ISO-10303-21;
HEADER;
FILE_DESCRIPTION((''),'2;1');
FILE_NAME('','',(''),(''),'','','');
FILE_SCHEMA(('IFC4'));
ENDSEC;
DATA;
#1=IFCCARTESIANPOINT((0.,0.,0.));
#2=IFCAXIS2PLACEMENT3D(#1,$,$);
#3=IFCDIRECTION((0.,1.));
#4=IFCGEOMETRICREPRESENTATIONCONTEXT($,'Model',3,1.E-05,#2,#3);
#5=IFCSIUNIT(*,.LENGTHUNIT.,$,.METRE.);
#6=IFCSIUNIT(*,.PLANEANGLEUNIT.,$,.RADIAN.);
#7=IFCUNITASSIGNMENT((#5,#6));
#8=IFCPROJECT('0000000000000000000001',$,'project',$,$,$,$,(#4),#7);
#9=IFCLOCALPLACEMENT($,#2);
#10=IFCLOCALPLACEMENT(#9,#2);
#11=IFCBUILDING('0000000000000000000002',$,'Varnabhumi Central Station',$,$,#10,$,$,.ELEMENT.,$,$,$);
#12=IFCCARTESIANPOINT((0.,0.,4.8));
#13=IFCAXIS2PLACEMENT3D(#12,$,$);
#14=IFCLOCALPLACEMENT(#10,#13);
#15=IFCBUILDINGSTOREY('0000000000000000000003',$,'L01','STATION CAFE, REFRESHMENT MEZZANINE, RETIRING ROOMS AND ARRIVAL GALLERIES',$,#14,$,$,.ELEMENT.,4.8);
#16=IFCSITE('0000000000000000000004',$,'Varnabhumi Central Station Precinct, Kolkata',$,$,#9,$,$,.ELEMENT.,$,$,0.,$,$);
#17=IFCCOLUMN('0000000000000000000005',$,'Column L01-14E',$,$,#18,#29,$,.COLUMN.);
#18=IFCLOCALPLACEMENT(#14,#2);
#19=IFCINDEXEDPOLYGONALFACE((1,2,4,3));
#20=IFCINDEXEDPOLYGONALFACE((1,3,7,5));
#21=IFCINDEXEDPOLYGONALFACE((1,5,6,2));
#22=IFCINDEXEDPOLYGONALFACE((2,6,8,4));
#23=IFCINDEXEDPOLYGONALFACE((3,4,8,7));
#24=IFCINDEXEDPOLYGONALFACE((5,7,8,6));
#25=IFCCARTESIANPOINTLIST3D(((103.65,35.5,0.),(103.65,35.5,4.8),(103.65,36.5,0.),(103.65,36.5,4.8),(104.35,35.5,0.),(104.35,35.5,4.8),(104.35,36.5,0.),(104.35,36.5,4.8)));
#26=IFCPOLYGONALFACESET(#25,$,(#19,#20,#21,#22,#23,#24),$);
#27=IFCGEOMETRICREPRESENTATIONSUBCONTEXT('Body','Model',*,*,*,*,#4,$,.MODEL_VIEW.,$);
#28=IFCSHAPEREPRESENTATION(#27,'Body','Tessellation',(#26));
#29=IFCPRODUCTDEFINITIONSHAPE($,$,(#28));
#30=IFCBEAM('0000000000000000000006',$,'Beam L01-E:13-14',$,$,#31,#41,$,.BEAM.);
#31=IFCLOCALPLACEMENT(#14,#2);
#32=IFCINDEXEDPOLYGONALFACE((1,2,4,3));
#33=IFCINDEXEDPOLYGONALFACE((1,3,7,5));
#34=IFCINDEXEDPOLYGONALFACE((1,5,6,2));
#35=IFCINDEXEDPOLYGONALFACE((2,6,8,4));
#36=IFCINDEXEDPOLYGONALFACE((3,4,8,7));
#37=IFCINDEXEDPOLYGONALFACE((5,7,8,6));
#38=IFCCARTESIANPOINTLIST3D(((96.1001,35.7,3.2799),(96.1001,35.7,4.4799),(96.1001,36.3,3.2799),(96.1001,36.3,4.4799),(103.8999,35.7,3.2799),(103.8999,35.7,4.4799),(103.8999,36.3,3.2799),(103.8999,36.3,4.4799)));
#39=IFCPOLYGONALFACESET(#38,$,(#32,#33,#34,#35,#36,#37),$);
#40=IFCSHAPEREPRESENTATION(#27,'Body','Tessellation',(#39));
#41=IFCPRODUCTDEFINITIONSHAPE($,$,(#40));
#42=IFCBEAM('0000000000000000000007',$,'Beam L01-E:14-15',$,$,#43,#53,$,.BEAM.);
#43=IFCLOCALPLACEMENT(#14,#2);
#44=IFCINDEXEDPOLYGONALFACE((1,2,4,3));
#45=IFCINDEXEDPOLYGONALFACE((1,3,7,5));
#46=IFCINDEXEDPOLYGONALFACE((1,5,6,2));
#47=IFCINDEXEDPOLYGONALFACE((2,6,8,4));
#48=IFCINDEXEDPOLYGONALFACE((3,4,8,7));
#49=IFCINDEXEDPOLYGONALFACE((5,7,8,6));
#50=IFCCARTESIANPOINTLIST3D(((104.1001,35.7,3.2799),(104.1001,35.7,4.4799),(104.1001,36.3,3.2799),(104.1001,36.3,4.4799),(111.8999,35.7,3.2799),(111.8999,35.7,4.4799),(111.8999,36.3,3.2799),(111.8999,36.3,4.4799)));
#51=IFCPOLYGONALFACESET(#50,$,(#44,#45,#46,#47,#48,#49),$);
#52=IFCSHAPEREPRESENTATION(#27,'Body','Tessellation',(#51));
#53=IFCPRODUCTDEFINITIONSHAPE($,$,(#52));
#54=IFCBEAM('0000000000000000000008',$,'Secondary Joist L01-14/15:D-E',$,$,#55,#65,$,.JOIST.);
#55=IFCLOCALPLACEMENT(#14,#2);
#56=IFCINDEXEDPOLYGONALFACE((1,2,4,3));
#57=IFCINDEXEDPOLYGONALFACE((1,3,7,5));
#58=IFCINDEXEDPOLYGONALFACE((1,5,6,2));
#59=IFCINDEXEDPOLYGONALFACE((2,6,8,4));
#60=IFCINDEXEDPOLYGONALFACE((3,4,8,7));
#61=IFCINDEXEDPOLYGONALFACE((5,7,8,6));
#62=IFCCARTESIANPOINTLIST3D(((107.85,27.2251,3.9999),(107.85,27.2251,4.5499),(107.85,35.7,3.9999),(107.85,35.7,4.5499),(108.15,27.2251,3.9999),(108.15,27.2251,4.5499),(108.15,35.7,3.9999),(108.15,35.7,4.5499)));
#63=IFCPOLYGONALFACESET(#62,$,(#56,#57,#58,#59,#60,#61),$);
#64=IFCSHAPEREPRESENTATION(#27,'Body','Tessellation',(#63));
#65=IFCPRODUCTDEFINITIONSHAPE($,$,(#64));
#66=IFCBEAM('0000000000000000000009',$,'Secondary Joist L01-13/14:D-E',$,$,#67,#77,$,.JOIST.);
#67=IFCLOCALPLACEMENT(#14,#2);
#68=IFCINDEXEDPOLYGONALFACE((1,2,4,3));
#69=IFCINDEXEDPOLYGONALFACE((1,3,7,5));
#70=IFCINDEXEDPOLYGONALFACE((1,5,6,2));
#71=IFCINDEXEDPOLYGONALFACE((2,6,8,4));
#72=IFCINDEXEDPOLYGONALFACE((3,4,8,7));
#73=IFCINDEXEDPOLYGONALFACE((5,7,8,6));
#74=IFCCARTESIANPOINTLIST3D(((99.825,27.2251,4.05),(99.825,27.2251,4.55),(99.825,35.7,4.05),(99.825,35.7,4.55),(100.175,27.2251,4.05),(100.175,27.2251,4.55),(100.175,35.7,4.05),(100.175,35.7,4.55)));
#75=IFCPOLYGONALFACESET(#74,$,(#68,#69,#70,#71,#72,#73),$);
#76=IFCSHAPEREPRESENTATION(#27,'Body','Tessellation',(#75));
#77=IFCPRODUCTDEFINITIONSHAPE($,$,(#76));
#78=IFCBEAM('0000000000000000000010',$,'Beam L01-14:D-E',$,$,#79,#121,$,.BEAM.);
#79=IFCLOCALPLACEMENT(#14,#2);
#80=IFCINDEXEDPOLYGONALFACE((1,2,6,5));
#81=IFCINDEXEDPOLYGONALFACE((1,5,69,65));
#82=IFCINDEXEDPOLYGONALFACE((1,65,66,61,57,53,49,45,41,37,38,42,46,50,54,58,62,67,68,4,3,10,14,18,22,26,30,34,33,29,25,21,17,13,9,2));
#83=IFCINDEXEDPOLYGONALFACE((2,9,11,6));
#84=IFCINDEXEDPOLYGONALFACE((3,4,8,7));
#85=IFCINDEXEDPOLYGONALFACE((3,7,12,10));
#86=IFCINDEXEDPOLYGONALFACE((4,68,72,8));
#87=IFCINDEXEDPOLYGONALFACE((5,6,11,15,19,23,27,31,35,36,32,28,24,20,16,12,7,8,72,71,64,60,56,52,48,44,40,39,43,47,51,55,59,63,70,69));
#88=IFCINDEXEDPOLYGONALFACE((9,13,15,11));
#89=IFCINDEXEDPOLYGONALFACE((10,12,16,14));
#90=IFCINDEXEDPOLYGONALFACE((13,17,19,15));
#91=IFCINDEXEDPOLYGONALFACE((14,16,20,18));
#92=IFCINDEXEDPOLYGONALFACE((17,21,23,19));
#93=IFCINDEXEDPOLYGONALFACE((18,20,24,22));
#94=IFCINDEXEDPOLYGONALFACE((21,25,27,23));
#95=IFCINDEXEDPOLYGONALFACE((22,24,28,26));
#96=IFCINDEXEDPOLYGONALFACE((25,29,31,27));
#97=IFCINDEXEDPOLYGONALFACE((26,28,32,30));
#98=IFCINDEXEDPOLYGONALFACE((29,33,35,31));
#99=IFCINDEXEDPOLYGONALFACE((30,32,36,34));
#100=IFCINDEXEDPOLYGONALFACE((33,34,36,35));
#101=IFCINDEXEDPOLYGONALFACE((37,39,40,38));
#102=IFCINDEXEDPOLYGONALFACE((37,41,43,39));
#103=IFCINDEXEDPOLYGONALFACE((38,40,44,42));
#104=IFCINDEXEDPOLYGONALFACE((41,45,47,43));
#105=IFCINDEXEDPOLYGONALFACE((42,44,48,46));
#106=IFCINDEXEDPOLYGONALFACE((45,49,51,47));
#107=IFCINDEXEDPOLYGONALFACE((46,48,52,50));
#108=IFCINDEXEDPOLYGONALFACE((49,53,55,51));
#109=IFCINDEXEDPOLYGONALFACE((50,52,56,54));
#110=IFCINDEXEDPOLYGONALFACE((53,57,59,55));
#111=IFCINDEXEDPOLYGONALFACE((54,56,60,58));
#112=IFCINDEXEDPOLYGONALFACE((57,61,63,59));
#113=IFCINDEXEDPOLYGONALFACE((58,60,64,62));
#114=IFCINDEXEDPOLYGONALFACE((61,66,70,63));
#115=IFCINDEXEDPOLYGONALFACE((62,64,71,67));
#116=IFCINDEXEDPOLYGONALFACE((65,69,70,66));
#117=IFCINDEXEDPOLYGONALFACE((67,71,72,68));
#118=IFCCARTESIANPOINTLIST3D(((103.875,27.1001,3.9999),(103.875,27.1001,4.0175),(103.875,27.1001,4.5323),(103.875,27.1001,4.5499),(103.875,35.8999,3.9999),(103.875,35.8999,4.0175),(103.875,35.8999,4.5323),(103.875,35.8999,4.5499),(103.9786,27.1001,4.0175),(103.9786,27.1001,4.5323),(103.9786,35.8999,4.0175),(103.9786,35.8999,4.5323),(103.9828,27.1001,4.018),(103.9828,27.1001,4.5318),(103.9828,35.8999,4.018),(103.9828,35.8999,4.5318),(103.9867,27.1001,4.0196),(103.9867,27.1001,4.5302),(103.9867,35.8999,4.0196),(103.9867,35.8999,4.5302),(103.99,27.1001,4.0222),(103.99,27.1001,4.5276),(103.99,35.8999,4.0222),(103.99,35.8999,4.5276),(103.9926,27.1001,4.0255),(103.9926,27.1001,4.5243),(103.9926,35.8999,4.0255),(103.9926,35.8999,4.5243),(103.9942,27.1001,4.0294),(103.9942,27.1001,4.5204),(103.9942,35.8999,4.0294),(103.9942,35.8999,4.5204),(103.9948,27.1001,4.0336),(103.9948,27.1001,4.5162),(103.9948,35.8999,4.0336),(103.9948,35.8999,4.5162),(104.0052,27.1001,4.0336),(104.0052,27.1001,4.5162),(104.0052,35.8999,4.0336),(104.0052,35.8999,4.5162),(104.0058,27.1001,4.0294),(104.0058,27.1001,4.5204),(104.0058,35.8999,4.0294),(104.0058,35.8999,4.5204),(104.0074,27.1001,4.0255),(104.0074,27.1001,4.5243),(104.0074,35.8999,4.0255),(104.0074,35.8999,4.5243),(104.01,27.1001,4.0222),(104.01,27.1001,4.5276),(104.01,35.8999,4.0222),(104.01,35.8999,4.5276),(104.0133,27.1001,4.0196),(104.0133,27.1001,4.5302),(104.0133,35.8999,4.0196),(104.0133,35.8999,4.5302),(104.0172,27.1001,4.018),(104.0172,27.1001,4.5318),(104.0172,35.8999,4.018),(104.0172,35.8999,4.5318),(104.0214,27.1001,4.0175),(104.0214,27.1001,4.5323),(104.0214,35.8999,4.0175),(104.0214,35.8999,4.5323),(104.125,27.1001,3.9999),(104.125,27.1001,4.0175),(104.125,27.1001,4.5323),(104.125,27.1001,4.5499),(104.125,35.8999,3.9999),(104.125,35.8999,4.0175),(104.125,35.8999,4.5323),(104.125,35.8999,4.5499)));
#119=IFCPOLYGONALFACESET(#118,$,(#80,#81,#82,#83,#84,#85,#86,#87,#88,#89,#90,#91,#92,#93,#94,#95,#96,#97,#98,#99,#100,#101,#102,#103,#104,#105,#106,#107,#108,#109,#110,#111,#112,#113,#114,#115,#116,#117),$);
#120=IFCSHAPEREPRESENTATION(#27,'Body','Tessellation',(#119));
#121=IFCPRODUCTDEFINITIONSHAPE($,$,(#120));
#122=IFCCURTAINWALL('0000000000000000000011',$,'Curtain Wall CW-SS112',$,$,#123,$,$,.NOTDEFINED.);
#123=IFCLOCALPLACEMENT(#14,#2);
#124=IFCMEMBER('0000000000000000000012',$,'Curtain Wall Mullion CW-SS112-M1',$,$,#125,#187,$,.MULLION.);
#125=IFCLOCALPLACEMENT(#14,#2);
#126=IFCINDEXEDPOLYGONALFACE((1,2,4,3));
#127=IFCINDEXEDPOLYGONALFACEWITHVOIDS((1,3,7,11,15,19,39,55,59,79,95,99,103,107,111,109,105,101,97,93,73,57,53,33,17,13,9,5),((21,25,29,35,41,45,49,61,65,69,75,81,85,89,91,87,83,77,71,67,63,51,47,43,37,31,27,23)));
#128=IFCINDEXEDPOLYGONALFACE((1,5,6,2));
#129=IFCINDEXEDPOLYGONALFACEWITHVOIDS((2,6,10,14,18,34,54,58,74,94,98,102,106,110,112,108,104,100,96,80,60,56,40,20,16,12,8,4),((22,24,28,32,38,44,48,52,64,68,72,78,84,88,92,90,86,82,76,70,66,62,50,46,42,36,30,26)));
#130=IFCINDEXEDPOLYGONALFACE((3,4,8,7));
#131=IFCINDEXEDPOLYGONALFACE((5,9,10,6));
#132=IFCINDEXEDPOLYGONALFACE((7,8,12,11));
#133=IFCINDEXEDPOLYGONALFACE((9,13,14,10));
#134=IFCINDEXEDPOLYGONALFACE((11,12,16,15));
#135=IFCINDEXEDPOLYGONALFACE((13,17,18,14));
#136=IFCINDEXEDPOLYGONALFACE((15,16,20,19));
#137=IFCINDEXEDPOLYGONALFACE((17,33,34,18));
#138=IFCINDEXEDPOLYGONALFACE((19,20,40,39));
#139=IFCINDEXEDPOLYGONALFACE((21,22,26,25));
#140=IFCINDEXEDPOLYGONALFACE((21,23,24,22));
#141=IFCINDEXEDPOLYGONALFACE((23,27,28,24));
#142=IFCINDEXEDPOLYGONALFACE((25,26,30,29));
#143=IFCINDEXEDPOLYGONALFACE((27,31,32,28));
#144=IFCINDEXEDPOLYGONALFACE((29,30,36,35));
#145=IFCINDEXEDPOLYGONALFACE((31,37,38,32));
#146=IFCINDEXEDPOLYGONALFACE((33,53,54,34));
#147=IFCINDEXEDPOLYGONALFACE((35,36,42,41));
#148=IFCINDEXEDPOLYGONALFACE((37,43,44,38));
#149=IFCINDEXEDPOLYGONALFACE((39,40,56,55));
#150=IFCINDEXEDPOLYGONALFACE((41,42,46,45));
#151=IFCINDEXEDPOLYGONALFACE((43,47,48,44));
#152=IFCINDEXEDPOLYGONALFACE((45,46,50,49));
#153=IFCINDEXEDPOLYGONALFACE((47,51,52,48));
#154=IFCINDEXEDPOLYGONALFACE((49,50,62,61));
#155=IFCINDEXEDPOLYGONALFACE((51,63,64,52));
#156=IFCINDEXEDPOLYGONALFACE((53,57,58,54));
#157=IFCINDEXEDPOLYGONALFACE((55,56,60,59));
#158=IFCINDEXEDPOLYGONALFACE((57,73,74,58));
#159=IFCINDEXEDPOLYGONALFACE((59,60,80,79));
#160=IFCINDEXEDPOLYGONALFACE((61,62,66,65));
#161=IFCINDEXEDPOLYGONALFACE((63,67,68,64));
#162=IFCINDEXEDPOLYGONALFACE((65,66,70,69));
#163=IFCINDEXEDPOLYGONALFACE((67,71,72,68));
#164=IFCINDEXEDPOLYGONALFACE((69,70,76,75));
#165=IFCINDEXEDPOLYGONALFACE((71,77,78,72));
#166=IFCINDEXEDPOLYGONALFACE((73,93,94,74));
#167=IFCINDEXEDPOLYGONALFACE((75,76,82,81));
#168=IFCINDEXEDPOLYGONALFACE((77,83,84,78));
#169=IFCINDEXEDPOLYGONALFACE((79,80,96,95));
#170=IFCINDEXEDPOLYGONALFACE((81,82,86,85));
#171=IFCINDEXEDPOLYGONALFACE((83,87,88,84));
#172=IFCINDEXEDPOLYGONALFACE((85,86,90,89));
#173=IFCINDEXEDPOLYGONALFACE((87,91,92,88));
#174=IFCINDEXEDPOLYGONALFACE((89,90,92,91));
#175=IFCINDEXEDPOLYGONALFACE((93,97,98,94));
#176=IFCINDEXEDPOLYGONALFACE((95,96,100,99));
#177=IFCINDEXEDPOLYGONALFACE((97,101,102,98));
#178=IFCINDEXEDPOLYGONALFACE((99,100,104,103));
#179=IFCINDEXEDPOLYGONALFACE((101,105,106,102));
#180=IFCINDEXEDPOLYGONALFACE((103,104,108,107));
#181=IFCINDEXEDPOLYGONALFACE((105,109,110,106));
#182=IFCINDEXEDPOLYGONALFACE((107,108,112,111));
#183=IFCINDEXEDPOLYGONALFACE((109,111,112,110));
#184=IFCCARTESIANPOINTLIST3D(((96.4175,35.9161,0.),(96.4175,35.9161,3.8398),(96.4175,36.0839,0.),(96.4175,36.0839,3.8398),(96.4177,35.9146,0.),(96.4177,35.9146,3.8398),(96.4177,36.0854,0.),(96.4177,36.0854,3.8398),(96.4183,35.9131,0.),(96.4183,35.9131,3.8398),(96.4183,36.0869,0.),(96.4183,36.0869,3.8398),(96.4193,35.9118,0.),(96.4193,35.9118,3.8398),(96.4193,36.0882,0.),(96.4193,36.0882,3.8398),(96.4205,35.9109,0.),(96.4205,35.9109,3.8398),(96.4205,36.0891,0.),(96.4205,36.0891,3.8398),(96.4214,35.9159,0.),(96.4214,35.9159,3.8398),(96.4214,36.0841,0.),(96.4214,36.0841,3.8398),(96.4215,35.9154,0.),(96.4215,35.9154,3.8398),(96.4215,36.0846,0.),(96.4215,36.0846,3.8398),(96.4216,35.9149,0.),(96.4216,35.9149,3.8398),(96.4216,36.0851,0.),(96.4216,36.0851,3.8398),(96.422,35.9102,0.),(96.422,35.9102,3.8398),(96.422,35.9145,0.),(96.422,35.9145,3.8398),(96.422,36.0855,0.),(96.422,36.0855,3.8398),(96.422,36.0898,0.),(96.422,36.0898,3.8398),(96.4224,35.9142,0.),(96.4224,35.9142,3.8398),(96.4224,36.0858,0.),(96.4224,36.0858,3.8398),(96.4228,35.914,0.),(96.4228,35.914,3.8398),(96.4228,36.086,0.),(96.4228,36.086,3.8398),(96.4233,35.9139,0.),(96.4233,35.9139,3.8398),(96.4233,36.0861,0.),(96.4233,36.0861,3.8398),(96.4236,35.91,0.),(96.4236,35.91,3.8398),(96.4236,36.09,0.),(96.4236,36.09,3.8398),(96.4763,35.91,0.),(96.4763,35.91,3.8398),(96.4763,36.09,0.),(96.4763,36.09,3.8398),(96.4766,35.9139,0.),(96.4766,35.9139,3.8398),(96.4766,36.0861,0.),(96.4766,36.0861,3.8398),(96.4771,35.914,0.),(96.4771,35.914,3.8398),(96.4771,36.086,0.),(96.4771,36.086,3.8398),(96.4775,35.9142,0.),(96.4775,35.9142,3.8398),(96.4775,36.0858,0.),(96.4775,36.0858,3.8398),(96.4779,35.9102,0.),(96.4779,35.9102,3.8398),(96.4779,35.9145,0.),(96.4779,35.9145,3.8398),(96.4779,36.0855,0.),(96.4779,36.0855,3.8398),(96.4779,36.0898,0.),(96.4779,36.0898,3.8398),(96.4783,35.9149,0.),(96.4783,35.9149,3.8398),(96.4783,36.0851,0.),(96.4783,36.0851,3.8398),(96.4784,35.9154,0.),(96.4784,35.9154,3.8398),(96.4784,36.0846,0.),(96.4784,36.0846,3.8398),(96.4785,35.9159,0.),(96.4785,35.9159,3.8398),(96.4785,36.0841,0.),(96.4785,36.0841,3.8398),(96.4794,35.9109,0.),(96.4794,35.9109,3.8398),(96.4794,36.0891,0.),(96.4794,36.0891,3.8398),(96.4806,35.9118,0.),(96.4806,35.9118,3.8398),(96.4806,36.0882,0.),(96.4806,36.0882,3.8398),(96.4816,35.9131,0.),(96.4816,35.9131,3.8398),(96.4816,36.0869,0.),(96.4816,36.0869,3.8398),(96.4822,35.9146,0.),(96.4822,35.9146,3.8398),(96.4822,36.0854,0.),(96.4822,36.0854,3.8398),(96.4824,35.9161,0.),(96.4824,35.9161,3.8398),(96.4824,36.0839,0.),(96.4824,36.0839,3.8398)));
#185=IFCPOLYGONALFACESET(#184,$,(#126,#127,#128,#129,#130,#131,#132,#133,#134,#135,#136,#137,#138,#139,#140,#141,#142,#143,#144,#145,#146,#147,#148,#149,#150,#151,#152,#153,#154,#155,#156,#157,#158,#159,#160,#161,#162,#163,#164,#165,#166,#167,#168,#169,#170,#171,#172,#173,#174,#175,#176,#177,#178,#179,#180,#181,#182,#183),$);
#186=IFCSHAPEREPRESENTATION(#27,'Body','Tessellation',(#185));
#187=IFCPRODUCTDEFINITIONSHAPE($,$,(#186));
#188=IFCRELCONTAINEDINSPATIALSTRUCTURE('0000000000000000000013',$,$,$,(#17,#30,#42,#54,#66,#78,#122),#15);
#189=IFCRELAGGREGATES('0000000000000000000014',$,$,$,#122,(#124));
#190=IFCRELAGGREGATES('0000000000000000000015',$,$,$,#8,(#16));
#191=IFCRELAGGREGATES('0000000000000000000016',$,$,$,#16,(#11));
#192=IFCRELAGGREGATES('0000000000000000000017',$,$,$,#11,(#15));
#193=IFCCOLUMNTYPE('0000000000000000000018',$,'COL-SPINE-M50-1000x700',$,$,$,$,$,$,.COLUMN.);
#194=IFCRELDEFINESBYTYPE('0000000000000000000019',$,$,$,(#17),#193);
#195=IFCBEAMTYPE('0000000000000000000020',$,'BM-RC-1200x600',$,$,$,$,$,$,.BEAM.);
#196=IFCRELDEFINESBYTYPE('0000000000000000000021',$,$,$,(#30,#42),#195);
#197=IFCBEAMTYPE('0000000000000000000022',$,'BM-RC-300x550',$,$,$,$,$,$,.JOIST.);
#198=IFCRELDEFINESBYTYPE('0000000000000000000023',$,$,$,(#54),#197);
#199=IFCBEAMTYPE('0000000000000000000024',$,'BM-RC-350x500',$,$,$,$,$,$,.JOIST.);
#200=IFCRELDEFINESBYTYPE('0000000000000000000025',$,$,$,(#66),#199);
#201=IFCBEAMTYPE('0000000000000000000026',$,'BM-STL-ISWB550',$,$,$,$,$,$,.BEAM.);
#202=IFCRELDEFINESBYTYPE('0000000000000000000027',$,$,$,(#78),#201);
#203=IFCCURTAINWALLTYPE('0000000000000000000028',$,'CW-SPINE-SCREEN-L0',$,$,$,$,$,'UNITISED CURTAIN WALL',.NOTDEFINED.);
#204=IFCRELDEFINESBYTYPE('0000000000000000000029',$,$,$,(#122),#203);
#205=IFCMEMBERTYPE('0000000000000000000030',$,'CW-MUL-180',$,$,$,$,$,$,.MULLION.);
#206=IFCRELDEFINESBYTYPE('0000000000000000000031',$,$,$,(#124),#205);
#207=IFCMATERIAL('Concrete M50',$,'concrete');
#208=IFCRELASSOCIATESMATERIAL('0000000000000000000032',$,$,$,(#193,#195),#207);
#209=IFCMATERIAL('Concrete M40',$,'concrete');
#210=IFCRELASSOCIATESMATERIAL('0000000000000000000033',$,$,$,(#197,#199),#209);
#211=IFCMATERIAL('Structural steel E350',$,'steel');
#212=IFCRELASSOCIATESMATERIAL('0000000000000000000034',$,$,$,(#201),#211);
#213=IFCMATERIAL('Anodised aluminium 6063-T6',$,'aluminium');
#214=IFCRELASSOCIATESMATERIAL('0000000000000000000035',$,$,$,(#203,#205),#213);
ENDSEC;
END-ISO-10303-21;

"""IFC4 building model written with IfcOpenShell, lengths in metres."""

from ifc_helpers import new_model, si_unit, direction, frame, origin, origin_2d, place, context, subcontext, project, spatial, rectangle, hollow_rectangle, i_section, extrude, material, material_profile, profile_set, type_object, element, aggregate, save


model = new_model("IFC4")

# Units and contexts
model_context = context("Model", 3, precision=1e-05, world=origin(), true_north=direction((0.0, 1.0)))
body_context = subcontext(model_context, "Body", "Model", "MODEL_VIEW")
ifc_project = project(units=[si_unit("LENGTHUNIT", "METRE"), si_unit("PLANEANGLEUNIT", "RADIAN")], contexts=[model_context])

# Site, building, storey
site_placement = place(None, origin())
site = spatial("IfcSite", under=ifc_project, at=site_placement, Name="Varnabhumi Central Station Precinct, Kolkata", CompositionType="ELEMENT", RefElevation=0.0)
building_placement = place(site_placement, origin())
building = spatial("IfcBuilding", under=site, at=building_placement, Name="Varnabhumi Central Station", CompositionType="ELEMENT")
storey_placement = place(building_placement, frame((0.0, 0.0, 4.8)))
storey = spatial("IfcBuildingStorey", under=building, at=storey_placement, Name="L01", Description="STATION CAFE, REFRESHMENT MEZZANINE, RETIRING ROOMS AND ARRIVAL GALLERIES", CompositionType="ELEMENT", Elevation=4.8)

# Column
ifc_material_1 = material(Name="Concrete M50", Category="concrete")
ifc_material_profile_1 = material_profile(ifc_material_1, rectangle(XDim=0.7, YDim=1.0, at=origin_2d()), Name="Concrete M50", Category="concrete")
ifc_profile_set_1 = profile_set([ifc_material_profile_1], Name="Concrete M50")
column_type = type_object("IfcColumnType", Name="COL-SPINE-M50-1000x700", PredefinedType="COLUMN", material=ifc_profile_set_1)
column_placement = place(storey_placement, frame((104.0, 36.0, 0.0), z_axis=(0.0, 0.0, 1.0), x_axis=(1.0, 0.0, 0.0)))
element("IfcColumn", 1, at=column_placement, inside=storey, type_object=column_type, Name="Column L01-14E", PredefinedType="COLUMN", context=body_context, shape_type="SweptSolid", body=[
    extrude(rectangle(XDim=0.7, YDim=1.0, at=origin_2d()), origin(), (0.0, 0.0, 1.0), 4.8),
])

# Beams
ifc_material_profile_2 = material_profile(ifc_material_1, rectangle(XDim=0.6001, YDim=1.2, at=origin_2d()), Name="Concrete M50", Category="concrete")
ifc_profile_set_2 = profile_set([ifc_material_profile_2], Name="Concrete M50")
beam_type_1 = type_object("IfcBeamType", Name="BM-RC-1200x600", PredefinedType="BEAM", material=ifc_profile_set_2)
for number, where, z_axis, x_axis, name in (
    (2, (96.1001, 36.0, 3.8799), (1.0, 0.0, 0.0), (0.0, 1.0, 0.0), "Beam L01-E:13-14"),
    (3, (104.1001, 36.0, 3.8799), (1.0, 0.0, 0.0), (0.0, 1.0, 0.0), "Beam L01-E:14-15"),
):
    element("IfcBeam", number, at=place(storey_placement, frame(where, z_axis=z_axis, x_axis=x_axis)), inside=storey, type_object=beam_type_1, Name=name, PredefinedType="BEAM", context=body_context, shape_type="SweptSolid", body=[
        extrude(rectangle(XDim=0.6001, YDim=1.2, at=origin_2d()), origin(), (0.0, 0.0, 1.0), 7.7998),
    ])
ifc_material_2 = material(Name="Concrete M40", Category="concrete")
ifc_material_profile_3 = material_profile(ifc_material_2, rectangle(XDim=0.3, YDim=0.55, at=origin_2d()), Name="Concrete M40", Category="concrete")
ifc_profile_set_3 = profile_set([ifc_material_profile_3], Name="Concrete M40")
beam_type_2 = type_object("IfcBeamType", Name="BM-RC-300x550", PredefinedType="JOIST", material=ifc_profile_set_3)
beam_1_placement = place(storey_placement, frame((108.0, 27.2251, 4.2749), z_axis=(0.0, 1.0, 0.0), x_axis=(-1.0, 0.0, 0.0)))
element("IfcBeam", 4, at=beam_1_placement, inside=storey, type_object=beam_type_2, Name="Secondary Joist L01-14/15:D-E", PredefinedType="JOIST", context=body_context, shape_type="SweptSolid", body=[
    extrude(rectangle(XDim=0.3, YDim=0.55, at=origin_2d()), origin(), (0.0, 0.0, 1.0), 8.4749),
])
ifc_material_profile_4 = material_profile(ifc_material_2, rectangle(XDim=0.3501, YDim=0.5, at=origin_2d()), Name="Concrete M40", Category="concrete")
ifc_profile_set_4 = profile_set([ifc_material_profile_4], Name="Concrete M40")
beam_type_3 = type_object("IfcBeamType", Name="BM-RC-350x500", PredefinedType="JOIST", material=ifc_profile_set_4)
beam_2_placement = place(storey_placement, frame((100.0, 27.2251, 4.3), z_axis=(0.0, 1.0, 0.0), x_axis=(-1.0, 0.0, 0.0)))
element("IfcBeam", 5, at=beam_2_placement, inside=storey, type_object=beam_type_3, Name="Secondary Joist L01-13/14:D-E", PredefinedType="JOIST", context=body_context, shape_type="SweptSolid", body=[
    extrude(rectangle(XDim=0.3501, YDim=0.5, at=origin_2d()), origin(), (0.0, 0.0, 1.0), 8.4749),
])
ifc_material_3 = material(Name="Structural steel E350", Category="steel")
ifc_material_profile_5 = material_profile(ifc_material_3, i_section(OverallWidth=0.25, OverallDepth=0.55, WebThickness=0.0105, FlangeThickness=0.0176, FilletRadius=0.0161, at=origin_2d()), Name="Structural steel E350", Category="steel")
ifc_profile_set_5 = profile_set([ifc_material_profile_5], Name="Structural steel E350")
beam_type_4 = type_object("IfcBeamType", Name="BM-STL-ISWB550", PredefinedType="BEAM", material=ifc_profile_set_5)
beam_3_placement = place(storey_placement, frame((104.0, 27.1001, 4.2749), z_axis=(0.0, 1.0, 0.0), x_axis=(-1.0, 0.0, 0.0)))
element("IfcBeam", 6, at=beam_3_placement, inside=storey, type_object=beam_type_4, Name="Beam L01-14:D-E", PredefinedType="BEAM", context=body_context, shape_type="SweptSolid", body=[
    extrude(i_section(OverallWidth=0.25, OverallDepth=0.55, WebThickness=0.0105, FlangeThickness=0.0176, FilletRadius=0.0161, at=origin_2d()), origin(), (0.0, 0.0, 1.0), 8.7998),
])

# Curtain wall, member
ifc_material_4 = material(Name="Anodised aluminium 6063-T6", Category="aluminium")
curtain_wall_type = type_object("IfcCurtainWallType", Name="CW-SPINE-SCREEN-L0", ElementType="UNITISED CURTAIN WALL", PredefinedType="NOTDEFINED", material=ifc_material_4)
curtain_wall_placement = place(storey_placement, origin())
curtain_wall = element("IfcCurtainWall", 7, at=curtain_wall_placement, inside=storey, type_object=curtain_wall_type, Name="Curtain Wall CW-SS112", PredefinedType="NOTDEFINED")
ifc_material_profile_6 = material_profile(ifc_material_4, hollow_rectangle(XDim=0.0649, YDim=0.1799, WallThickness=0.0039, InnerFilletRadius=0.002, OuterFilletRadius=0.0061, at=origin_2d()), Name="Anodised aluminium 6063-T6", Category="aluminium")
ifc_profile_set_6 = profile_set([ifc_material_profile_6], Name="Anodised aluminium 6063-T6")
member_type_1 = type_object("IfcMemberType", Name="CW-MUL-180", PredefinedType="MULLION", material=ifc_profile_set_6)
member_1_placement = place(storey_placement, frame((96.45, 36.0, 0.0), z_axis=(0.0, 0.0, 1.0), x_axis=(1.0, 0.0, 0.0)))
member_1 = element("IfcMember", 8, at=member_1_placement, type_object=member_type_1, Name="Curtain Wall Mullion CW-SS112-M1", PredefinedType="MULLION", context=body_context, shape_type="SweptSolid", body=[
    extrude(hollow_rectangle(XDim=0.0649, YDim=0.1799, WallThickness=0.0039, InnerFilletRadius=0.002, OuterFilletRadius=0.0061, at=origin_2d()), origin(), (0.0, 0.0, 1.0), 3.8398),
])
aggregate(curtain_wall, [member_1])

save(model, "model.ifc")
